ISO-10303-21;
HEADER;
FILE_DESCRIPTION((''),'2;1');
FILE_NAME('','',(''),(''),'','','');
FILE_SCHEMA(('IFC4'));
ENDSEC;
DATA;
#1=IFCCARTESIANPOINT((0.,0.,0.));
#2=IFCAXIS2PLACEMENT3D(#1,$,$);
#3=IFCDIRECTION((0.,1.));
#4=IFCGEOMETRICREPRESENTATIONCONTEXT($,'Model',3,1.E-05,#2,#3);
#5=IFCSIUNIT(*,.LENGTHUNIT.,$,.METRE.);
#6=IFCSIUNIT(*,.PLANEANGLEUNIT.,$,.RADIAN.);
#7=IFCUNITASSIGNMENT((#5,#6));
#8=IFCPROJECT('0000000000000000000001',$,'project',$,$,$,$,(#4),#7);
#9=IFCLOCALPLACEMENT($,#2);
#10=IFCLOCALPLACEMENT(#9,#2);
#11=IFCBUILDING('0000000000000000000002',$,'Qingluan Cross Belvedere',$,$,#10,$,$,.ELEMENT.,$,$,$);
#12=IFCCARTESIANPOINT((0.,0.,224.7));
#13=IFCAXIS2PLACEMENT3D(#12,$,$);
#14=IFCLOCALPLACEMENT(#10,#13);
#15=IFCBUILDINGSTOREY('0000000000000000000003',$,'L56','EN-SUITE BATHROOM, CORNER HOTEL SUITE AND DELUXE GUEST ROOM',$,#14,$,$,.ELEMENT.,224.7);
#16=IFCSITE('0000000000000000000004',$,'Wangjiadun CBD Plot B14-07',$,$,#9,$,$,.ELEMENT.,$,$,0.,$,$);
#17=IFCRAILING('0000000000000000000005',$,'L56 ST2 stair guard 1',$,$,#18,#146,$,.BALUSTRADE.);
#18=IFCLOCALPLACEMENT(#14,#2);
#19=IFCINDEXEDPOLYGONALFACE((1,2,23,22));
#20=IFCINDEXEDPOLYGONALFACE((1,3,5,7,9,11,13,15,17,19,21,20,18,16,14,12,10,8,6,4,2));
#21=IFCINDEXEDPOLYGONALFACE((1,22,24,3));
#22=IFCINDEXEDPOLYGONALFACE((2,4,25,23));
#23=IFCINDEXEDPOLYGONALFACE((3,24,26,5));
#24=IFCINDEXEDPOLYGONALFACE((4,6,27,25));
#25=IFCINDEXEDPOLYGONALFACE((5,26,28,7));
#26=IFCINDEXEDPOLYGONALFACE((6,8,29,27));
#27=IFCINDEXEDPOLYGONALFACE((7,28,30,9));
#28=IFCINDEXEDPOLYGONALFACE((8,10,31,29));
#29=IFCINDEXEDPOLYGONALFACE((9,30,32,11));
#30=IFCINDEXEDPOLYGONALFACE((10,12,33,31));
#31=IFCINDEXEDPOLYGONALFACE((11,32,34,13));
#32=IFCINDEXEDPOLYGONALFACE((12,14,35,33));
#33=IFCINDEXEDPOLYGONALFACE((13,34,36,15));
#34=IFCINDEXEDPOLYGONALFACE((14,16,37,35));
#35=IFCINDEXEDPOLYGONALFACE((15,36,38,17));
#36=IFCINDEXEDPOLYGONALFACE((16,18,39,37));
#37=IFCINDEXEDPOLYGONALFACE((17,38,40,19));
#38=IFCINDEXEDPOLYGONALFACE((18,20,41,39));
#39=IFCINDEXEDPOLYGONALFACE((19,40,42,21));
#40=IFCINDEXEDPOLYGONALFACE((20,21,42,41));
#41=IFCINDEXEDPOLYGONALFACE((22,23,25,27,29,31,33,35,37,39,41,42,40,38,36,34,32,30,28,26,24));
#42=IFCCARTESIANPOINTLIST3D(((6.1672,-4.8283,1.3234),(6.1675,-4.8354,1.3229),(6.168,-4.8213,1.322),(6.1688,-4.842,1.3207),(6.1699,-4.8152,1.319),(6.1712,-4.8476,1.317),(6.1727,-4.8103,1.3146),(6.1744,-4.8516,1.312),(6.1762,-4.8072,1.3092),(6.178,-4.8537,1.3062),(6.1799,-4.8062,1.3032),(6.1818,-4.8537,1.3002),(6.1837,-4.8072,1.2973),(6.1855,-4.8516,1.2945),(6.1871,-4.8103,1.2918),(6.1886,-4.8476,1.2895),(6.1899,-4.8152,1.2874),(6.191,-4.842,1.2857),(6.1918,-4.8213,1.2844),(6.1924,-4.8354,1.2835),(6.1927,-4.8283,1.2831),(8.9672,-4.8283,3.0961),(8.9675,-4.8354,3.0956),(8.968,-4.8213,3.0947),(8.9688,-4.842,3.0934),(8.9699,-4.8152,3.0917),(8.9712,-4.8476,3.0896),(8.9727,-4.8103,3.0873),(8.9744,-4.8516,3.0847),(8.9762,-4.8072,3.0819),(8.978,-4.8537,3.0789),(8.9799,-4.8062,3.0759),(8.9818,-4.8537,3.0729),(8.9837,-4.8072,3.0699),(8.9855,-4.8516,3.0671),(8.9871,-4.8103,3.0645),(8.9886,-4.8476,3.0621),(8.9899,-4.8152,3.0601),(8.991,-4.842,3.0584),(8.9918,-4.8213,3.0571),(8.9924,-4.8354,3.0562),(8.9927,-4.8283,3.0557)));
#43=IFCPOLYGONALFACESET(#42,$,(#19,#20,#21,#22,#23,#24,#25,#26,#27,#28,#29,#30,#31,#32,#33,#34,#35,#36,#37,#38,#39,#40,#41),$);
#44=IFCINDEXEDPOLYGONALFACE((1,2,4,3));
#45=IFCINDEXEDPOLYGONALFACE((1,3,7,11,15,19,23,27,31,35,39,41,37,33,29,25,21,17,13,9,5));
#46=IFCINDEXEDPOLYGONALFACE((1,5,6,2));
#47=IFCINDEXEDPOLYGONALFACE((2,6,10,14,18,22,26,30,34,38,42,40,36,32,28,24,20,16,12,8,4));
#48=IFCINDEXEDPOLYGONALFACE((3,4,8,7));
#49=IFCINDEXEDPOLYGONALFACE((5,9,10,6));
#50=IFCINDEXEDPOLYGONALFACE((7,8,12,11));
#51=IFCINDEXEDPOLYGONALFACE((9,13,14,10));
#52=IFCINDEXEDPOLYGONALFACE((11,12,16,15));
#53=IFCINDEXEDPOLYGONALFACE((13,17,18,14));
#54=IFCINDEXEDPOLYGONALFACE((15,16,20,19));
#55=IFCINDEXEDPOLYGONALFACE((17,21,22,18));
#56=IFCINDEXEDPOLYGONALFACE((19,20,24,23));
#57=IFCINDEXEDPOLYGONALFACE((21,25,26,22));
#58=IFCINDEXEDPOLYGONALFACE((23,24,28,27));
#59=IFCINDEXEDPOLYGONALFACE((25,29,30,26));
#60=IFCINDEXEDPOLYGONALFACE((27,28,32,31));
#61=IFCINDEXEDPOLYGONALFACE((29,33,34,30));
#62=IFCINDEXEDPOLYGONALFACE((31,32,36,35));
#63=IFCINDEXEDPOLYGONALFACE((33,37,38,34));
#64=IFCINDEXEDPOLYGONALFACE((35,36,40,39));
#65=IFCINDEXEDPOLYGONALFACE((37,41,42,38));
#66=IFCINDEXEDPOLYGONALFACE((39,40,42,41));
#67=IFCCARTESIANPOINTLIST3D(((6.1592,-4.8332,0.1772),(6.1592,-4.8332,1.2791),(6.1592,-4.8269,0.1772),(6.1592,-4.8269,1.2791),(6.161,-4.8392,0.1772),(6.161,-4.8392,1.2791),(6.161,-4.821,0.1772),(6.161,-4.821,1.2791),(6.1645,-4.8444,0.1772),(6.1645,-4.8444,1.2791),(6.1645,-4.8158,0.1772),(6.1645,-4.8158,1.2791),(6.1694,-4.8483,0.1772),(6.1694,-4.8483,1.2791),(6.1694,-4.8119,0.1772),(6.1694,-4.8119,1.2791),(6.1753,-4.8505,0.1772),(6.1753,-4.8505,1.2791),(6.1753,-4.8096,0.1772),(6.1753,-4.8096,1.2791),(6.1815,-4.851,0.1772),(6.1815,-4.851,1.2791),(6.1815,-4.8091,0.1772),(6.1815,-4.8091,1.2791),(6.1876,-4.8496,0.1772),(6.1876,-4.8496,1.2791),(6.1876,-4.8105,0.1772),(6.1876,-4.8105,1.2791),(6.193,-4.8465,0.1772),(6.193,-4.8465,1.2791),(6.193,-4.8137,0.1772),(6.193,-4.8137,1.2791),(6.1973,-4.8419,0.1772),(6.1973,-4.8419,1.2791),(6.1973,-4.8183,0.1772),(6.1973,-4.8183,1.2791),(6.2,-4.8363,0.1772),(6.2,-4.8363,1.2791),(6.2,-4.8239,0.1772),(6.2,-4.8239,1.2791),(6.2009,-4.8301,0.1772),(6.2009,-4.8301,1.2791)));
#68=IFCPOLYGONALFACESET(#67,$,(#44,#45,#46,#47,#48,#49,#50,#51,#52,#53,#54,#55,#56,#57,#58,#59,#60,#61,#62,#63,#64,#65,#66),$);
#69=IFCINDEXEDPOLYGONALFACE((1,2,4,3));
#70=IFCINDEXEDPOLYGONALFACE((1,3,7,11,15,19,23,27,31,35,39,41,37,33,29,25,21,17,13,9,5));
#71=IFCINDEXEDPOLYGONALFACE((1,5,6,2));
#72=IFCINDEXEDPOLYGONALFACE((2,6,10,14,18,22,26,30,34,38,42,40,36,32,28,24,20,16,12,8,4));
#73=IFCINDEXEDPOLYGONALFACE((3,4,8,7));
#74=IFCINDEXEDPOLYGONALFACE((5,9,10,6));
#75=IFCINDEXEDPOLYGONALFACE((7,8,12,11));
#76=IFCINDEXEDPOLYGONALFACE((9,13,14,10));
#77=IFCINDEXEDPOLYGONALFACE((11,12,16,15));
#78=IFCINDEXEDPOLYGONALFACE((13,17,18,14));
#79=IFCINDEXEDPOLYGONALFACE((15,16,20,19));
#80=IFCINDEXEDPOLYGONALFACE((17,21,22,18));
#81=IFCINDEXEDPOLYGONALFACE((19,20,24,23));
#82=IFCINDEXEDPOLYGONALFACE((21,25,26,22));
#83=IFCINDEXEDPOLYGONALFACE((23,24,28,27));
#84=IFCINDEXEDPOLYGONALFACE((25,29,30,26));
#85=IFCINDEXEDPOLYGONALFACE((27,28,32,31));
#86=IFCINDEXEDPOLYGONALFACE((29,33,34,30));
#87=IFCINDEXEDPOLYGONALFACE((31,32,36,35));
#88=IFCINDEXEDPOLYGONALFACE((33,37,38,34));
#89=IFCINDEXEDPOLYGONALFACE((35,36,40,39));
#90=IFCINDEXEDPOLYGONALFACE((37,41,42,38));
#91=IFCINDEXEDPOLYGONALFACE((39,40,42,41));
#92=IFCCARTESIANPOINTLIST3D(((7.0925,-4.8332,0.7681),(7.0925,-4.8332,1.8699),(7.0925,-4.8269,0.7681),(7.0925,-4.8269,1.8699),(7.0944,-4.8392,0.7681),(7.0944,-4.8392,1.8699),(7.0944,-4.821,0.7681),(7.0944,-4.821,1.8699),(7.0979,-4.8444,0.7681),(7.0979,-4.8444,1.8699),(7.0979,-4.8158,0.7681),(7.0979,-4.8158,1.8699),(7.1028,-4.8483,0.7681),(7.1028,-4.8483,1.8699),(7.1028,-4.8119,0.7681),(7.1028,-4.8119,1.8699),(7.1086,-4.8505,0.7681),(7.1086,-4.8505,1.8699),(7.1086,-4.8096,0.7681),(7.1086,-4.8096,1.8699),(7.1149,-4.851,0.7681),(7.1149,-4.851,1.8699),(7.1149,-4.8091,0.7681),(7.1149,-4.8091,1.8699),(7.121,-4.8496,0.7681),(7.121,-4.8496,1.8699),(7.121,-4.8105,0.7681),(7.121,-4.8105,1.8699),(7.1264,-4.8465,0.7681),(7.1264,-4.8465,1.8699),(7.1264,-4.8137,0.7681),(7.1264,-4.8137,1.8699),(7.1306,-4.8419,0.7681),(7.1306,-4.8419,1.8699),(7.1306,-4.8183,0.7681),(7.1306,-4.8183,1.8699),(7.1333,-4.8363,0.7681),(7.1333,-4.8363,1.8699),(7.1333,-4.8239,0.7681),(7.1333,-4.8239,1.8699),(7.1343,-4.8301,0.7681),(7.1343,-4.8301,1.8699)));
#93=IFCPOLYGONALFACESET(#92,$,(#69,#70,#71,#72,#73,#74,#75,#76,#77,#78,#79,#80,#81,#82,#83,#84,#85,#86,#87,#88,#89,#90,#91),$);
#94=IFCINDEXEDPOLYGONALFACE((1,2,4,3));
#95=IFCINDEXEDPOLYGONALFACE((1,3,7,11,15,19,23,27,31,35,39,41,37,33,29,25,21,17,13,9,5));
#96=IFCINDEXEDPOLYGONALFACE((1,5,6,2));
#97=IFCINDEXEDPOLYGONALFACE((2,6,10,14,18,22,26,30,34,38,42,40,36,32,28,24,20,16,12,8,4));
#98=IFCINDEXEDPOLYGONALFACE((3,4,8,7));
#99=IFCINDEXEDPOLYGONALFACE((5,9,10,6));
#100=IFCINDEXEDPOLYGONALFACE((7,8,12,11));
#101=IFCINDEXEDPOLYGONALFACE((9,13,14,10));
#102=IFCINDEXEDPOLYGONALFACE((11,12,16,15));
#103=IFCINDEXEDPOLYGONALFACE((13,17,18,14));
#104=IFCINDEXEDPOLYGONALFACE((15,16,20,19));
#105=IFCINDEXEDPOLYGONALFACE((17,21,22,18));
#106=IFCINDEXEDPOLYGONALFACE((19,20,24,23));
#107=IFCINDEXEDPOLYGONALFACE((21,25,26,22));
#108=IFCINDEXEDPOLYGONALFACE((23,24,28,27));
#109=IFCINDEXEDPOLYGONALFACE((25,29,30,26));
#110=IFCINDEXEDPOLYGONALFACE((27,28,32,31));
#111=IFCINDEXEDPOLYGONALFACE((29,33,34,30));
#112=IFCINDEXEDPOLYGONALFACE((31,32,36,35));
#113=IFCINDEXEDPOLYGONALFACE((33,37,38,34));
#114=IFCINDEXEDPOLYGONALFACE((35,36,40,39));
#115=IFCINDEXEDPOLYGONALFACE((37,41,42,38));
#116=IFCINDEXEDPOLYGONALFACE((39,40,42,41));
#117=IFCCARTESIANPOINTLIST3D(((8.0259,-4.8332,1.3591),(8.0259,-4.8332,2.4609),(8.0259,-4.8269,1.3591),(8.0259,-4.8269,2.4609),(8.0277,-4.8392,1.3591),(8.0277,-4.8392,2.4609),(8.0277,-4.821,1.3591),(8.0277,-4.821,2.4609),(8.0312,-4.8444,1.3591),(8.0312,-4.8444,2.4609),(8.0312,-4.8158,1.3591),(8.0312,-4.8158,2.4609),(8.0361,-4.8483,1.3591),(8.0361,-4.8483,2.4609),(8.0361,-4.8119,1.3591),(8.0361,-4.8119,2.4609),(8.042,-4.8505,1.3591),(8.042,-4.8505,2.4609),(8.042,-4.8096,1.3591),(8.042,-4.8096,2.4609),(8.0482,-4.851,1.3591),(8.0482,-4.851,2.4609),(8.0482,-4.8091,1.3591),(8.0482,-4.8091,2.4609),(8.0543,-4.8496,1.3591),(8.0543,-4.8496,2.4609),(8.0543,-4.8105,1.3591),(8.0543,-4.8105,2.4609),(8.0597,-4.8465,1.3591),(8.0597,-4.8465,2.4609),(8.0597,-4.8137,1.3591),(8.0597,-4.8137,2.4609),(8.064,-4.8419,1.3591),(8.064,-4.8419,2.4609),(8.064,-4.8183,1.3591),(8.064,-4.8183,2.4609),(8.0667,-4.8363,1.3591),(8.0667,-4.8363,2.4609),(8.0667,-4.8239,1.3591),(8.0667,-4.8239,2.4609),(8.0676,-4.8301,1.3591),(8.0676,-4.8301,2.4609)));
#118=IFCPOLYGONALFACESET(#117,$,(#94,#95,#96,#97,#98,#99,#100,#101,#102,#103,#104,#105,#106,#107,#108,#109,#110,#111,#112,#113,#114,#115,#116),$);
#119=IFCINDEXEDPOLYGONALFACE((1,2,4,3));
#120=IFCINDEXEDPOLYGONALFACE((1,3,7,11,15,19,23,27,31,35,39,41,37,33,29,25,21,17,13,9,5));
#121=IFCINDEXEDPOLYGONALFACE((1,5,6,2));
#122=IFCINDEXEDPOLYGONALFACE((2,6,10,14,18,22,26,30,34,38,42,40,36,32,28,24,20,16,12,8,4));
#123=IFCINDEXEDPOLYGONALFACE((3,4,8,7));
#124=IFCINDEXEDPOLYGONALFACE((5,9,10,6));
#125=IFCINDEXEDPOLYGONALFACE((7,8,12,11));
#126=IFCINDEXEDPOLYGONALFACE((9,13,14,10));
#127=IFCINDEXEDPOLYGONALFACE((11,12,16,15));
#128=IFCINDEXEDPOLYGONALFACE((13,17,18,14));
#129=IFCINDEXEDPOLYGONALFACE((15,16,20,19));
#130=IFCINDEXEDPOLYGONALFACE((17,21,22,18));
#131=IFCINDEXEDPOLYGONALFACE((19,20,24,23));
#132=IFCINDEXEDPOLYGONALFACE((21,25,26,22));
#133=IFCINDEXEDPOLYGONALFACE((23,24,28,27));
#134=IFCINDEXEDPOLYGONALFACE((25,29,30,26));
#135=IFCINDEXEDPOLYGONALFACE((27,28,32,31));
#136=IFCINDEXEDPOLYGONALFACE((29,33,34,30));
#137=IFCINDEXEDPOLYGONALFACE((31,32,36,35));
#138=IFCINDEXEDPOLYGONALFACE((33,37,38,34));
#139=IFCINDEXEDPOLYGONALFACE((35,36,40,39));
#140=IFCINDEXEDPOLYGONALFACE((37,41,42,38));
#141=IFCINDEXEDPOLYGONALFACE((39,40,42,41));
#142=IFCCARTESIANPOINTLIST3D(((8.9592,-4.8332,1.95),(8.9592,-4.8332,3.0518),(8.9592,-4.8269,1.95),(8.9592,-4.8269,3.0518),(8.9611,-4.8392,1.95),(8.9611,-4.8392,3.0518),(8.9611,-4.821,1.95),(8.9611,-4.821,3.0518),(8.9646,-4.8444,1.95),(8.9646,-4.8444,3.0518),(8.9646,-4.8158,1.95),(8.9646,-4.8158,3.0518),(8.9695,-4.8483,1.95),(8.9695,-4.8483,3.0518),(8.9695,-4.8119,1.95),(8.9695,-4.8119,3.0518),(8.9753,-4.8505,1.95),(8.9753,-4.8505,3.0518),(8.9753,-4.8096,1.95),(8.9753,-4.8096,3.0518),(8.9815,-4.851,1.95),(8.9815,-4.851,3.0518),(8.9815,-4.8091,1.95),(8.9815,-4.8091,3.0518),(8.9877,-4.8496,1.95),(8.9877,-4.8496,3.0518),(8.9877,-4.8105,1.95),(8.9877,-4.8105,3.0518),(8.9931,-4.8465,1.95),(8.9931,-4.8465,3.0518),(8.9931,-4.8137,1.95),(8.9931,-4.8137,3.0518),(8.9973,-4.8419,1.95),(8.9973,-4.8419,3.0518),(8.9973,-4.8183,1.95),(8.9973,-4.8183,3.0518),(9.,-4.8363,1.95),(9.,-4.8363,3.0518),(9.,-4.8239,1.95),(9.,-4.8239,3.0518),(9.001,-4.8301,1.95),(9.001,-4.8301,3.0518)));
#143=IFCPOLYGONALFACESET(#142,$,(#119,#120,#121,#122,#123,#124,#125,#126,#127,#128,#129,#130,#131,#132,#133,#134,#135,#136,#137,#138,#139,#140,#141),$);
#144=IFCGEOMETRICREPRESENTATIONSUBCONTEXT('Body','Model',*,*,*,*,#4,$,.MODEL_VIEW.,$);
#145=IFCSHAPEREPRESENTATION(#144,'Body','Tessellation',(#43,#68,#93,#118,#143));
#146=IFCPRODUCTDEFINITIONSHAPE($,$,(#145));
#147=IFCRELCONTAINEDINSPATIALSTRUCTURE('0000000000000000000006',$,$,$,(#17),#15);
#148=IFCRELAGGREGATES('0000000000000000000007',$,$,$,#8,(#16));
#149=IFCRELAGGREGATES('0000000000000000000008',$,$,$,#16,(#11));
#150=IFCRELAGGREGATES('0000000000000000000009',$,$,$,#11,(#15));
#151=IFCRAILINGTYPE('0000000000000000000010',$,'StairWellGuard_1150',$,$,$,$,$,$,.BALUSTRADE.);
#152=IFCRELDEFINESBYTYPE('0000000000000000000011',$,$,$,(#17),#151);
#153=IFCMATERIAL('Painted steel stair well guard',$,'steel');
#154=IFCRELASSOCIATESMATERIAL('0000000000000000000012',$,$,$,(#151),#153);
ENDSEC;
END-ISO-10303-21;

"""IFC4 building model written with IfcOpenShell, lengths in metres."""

from ifc_helpers import new_model, si_unit, direction, frame, origin, origin_2d, place, context, subcontext, project, spatial, circle, extrude, material, type_object, element, save


model = new_model("IFC4")

# Units and contexts
model_context = context("Model", 3, precision=1e-05, world=origin(), true_north=direction((0.0, 1.0)))
body_context = subcontext(model_context, "Body", "Model", "MODEL_VIEW")
ifc_project = project(units=[si_unit("LENGTHUNIT", "METRE"), si_unit("PLANEANGLEUNIT", "RADIAN")], contexts=[model_context])

# Site, building, storey
site_placement = place(None, origin())
site = spatial("IfcSite", under=ifc_project, at=site_placement, Name="Wangjiadun CBD Plot B14-07", CompositionType="ELEMENT", RefElevation=0.0)
building_placement = place(site_placement, origin())
building = spatial("IfcBuilding", under=site, at=building_placement, Name="Qingluan Cross Belvedere", CompositionType="ELEMENT")
storey_placement = place(building_placement, frame((0.0, 0.0, 224.7)))
storey = spatial("IfcBuildingStorey", under=building, at=storey_placement, Name="L56", Description="EN-SUITE BATHROOM, CORNER HOTEL SUITE AND DELUXE GUEST ROOM", CompositionType="ELEMENT", Elevation=224.7)

# Railing
ifc_material_1 = material(Name="Painted steel stair well guard", Category="steel")
railing_type_1 = type_object("IfcRailingType", Name="StairWellGuard_1150", PredefinedType="BALUSTRADE", material=ifc_material_1)
railing_1_placement = place(storey_placement, frame((6.1799, -4.8301, 0.1772)))
element("IfcRailing", 1, at=railing_1_placement, inside=storey, type_object=railing_type_1, Name="L56 ST2 stair guard 1", PredefinedType="BALUSTRADE", context=body_context, shape_type="SweptSolid", body=[
    extrude(circle(Radius=0.0239, at=origin_2d()), frame((0.0, 0.0, 1.126), z_axis=(0.844909, 0.0, 0.53491), x_axis=(0.0, 1.0, 0.0)), (0.0, 0.0, 1.0), 3.314),
    extrude(circle(Radius=0.021, at=origin_2d()), origin(), (0.0, 0.0, 1.0), 1.1018),
    extrude(circle(Radius=0.021, at=origin_2d()), frame((0.9333, 0.0, 0.5908)), (0.0, 0.0, 1.0), 1.1018),
    extrude(circle(Radius=0.021, at=origin_2d()), frame((1.8667, 0.0, 1.1819)), (0.0, 0.0, 1.0), 1.1018),
    extrude(circle(Radius=0.021, at=origin_2d()), frame((2.8, 0.0, 1.7727)), (0.0, 0.0, 1.0), 1.1018),
])

save(model, "model.ifc")
